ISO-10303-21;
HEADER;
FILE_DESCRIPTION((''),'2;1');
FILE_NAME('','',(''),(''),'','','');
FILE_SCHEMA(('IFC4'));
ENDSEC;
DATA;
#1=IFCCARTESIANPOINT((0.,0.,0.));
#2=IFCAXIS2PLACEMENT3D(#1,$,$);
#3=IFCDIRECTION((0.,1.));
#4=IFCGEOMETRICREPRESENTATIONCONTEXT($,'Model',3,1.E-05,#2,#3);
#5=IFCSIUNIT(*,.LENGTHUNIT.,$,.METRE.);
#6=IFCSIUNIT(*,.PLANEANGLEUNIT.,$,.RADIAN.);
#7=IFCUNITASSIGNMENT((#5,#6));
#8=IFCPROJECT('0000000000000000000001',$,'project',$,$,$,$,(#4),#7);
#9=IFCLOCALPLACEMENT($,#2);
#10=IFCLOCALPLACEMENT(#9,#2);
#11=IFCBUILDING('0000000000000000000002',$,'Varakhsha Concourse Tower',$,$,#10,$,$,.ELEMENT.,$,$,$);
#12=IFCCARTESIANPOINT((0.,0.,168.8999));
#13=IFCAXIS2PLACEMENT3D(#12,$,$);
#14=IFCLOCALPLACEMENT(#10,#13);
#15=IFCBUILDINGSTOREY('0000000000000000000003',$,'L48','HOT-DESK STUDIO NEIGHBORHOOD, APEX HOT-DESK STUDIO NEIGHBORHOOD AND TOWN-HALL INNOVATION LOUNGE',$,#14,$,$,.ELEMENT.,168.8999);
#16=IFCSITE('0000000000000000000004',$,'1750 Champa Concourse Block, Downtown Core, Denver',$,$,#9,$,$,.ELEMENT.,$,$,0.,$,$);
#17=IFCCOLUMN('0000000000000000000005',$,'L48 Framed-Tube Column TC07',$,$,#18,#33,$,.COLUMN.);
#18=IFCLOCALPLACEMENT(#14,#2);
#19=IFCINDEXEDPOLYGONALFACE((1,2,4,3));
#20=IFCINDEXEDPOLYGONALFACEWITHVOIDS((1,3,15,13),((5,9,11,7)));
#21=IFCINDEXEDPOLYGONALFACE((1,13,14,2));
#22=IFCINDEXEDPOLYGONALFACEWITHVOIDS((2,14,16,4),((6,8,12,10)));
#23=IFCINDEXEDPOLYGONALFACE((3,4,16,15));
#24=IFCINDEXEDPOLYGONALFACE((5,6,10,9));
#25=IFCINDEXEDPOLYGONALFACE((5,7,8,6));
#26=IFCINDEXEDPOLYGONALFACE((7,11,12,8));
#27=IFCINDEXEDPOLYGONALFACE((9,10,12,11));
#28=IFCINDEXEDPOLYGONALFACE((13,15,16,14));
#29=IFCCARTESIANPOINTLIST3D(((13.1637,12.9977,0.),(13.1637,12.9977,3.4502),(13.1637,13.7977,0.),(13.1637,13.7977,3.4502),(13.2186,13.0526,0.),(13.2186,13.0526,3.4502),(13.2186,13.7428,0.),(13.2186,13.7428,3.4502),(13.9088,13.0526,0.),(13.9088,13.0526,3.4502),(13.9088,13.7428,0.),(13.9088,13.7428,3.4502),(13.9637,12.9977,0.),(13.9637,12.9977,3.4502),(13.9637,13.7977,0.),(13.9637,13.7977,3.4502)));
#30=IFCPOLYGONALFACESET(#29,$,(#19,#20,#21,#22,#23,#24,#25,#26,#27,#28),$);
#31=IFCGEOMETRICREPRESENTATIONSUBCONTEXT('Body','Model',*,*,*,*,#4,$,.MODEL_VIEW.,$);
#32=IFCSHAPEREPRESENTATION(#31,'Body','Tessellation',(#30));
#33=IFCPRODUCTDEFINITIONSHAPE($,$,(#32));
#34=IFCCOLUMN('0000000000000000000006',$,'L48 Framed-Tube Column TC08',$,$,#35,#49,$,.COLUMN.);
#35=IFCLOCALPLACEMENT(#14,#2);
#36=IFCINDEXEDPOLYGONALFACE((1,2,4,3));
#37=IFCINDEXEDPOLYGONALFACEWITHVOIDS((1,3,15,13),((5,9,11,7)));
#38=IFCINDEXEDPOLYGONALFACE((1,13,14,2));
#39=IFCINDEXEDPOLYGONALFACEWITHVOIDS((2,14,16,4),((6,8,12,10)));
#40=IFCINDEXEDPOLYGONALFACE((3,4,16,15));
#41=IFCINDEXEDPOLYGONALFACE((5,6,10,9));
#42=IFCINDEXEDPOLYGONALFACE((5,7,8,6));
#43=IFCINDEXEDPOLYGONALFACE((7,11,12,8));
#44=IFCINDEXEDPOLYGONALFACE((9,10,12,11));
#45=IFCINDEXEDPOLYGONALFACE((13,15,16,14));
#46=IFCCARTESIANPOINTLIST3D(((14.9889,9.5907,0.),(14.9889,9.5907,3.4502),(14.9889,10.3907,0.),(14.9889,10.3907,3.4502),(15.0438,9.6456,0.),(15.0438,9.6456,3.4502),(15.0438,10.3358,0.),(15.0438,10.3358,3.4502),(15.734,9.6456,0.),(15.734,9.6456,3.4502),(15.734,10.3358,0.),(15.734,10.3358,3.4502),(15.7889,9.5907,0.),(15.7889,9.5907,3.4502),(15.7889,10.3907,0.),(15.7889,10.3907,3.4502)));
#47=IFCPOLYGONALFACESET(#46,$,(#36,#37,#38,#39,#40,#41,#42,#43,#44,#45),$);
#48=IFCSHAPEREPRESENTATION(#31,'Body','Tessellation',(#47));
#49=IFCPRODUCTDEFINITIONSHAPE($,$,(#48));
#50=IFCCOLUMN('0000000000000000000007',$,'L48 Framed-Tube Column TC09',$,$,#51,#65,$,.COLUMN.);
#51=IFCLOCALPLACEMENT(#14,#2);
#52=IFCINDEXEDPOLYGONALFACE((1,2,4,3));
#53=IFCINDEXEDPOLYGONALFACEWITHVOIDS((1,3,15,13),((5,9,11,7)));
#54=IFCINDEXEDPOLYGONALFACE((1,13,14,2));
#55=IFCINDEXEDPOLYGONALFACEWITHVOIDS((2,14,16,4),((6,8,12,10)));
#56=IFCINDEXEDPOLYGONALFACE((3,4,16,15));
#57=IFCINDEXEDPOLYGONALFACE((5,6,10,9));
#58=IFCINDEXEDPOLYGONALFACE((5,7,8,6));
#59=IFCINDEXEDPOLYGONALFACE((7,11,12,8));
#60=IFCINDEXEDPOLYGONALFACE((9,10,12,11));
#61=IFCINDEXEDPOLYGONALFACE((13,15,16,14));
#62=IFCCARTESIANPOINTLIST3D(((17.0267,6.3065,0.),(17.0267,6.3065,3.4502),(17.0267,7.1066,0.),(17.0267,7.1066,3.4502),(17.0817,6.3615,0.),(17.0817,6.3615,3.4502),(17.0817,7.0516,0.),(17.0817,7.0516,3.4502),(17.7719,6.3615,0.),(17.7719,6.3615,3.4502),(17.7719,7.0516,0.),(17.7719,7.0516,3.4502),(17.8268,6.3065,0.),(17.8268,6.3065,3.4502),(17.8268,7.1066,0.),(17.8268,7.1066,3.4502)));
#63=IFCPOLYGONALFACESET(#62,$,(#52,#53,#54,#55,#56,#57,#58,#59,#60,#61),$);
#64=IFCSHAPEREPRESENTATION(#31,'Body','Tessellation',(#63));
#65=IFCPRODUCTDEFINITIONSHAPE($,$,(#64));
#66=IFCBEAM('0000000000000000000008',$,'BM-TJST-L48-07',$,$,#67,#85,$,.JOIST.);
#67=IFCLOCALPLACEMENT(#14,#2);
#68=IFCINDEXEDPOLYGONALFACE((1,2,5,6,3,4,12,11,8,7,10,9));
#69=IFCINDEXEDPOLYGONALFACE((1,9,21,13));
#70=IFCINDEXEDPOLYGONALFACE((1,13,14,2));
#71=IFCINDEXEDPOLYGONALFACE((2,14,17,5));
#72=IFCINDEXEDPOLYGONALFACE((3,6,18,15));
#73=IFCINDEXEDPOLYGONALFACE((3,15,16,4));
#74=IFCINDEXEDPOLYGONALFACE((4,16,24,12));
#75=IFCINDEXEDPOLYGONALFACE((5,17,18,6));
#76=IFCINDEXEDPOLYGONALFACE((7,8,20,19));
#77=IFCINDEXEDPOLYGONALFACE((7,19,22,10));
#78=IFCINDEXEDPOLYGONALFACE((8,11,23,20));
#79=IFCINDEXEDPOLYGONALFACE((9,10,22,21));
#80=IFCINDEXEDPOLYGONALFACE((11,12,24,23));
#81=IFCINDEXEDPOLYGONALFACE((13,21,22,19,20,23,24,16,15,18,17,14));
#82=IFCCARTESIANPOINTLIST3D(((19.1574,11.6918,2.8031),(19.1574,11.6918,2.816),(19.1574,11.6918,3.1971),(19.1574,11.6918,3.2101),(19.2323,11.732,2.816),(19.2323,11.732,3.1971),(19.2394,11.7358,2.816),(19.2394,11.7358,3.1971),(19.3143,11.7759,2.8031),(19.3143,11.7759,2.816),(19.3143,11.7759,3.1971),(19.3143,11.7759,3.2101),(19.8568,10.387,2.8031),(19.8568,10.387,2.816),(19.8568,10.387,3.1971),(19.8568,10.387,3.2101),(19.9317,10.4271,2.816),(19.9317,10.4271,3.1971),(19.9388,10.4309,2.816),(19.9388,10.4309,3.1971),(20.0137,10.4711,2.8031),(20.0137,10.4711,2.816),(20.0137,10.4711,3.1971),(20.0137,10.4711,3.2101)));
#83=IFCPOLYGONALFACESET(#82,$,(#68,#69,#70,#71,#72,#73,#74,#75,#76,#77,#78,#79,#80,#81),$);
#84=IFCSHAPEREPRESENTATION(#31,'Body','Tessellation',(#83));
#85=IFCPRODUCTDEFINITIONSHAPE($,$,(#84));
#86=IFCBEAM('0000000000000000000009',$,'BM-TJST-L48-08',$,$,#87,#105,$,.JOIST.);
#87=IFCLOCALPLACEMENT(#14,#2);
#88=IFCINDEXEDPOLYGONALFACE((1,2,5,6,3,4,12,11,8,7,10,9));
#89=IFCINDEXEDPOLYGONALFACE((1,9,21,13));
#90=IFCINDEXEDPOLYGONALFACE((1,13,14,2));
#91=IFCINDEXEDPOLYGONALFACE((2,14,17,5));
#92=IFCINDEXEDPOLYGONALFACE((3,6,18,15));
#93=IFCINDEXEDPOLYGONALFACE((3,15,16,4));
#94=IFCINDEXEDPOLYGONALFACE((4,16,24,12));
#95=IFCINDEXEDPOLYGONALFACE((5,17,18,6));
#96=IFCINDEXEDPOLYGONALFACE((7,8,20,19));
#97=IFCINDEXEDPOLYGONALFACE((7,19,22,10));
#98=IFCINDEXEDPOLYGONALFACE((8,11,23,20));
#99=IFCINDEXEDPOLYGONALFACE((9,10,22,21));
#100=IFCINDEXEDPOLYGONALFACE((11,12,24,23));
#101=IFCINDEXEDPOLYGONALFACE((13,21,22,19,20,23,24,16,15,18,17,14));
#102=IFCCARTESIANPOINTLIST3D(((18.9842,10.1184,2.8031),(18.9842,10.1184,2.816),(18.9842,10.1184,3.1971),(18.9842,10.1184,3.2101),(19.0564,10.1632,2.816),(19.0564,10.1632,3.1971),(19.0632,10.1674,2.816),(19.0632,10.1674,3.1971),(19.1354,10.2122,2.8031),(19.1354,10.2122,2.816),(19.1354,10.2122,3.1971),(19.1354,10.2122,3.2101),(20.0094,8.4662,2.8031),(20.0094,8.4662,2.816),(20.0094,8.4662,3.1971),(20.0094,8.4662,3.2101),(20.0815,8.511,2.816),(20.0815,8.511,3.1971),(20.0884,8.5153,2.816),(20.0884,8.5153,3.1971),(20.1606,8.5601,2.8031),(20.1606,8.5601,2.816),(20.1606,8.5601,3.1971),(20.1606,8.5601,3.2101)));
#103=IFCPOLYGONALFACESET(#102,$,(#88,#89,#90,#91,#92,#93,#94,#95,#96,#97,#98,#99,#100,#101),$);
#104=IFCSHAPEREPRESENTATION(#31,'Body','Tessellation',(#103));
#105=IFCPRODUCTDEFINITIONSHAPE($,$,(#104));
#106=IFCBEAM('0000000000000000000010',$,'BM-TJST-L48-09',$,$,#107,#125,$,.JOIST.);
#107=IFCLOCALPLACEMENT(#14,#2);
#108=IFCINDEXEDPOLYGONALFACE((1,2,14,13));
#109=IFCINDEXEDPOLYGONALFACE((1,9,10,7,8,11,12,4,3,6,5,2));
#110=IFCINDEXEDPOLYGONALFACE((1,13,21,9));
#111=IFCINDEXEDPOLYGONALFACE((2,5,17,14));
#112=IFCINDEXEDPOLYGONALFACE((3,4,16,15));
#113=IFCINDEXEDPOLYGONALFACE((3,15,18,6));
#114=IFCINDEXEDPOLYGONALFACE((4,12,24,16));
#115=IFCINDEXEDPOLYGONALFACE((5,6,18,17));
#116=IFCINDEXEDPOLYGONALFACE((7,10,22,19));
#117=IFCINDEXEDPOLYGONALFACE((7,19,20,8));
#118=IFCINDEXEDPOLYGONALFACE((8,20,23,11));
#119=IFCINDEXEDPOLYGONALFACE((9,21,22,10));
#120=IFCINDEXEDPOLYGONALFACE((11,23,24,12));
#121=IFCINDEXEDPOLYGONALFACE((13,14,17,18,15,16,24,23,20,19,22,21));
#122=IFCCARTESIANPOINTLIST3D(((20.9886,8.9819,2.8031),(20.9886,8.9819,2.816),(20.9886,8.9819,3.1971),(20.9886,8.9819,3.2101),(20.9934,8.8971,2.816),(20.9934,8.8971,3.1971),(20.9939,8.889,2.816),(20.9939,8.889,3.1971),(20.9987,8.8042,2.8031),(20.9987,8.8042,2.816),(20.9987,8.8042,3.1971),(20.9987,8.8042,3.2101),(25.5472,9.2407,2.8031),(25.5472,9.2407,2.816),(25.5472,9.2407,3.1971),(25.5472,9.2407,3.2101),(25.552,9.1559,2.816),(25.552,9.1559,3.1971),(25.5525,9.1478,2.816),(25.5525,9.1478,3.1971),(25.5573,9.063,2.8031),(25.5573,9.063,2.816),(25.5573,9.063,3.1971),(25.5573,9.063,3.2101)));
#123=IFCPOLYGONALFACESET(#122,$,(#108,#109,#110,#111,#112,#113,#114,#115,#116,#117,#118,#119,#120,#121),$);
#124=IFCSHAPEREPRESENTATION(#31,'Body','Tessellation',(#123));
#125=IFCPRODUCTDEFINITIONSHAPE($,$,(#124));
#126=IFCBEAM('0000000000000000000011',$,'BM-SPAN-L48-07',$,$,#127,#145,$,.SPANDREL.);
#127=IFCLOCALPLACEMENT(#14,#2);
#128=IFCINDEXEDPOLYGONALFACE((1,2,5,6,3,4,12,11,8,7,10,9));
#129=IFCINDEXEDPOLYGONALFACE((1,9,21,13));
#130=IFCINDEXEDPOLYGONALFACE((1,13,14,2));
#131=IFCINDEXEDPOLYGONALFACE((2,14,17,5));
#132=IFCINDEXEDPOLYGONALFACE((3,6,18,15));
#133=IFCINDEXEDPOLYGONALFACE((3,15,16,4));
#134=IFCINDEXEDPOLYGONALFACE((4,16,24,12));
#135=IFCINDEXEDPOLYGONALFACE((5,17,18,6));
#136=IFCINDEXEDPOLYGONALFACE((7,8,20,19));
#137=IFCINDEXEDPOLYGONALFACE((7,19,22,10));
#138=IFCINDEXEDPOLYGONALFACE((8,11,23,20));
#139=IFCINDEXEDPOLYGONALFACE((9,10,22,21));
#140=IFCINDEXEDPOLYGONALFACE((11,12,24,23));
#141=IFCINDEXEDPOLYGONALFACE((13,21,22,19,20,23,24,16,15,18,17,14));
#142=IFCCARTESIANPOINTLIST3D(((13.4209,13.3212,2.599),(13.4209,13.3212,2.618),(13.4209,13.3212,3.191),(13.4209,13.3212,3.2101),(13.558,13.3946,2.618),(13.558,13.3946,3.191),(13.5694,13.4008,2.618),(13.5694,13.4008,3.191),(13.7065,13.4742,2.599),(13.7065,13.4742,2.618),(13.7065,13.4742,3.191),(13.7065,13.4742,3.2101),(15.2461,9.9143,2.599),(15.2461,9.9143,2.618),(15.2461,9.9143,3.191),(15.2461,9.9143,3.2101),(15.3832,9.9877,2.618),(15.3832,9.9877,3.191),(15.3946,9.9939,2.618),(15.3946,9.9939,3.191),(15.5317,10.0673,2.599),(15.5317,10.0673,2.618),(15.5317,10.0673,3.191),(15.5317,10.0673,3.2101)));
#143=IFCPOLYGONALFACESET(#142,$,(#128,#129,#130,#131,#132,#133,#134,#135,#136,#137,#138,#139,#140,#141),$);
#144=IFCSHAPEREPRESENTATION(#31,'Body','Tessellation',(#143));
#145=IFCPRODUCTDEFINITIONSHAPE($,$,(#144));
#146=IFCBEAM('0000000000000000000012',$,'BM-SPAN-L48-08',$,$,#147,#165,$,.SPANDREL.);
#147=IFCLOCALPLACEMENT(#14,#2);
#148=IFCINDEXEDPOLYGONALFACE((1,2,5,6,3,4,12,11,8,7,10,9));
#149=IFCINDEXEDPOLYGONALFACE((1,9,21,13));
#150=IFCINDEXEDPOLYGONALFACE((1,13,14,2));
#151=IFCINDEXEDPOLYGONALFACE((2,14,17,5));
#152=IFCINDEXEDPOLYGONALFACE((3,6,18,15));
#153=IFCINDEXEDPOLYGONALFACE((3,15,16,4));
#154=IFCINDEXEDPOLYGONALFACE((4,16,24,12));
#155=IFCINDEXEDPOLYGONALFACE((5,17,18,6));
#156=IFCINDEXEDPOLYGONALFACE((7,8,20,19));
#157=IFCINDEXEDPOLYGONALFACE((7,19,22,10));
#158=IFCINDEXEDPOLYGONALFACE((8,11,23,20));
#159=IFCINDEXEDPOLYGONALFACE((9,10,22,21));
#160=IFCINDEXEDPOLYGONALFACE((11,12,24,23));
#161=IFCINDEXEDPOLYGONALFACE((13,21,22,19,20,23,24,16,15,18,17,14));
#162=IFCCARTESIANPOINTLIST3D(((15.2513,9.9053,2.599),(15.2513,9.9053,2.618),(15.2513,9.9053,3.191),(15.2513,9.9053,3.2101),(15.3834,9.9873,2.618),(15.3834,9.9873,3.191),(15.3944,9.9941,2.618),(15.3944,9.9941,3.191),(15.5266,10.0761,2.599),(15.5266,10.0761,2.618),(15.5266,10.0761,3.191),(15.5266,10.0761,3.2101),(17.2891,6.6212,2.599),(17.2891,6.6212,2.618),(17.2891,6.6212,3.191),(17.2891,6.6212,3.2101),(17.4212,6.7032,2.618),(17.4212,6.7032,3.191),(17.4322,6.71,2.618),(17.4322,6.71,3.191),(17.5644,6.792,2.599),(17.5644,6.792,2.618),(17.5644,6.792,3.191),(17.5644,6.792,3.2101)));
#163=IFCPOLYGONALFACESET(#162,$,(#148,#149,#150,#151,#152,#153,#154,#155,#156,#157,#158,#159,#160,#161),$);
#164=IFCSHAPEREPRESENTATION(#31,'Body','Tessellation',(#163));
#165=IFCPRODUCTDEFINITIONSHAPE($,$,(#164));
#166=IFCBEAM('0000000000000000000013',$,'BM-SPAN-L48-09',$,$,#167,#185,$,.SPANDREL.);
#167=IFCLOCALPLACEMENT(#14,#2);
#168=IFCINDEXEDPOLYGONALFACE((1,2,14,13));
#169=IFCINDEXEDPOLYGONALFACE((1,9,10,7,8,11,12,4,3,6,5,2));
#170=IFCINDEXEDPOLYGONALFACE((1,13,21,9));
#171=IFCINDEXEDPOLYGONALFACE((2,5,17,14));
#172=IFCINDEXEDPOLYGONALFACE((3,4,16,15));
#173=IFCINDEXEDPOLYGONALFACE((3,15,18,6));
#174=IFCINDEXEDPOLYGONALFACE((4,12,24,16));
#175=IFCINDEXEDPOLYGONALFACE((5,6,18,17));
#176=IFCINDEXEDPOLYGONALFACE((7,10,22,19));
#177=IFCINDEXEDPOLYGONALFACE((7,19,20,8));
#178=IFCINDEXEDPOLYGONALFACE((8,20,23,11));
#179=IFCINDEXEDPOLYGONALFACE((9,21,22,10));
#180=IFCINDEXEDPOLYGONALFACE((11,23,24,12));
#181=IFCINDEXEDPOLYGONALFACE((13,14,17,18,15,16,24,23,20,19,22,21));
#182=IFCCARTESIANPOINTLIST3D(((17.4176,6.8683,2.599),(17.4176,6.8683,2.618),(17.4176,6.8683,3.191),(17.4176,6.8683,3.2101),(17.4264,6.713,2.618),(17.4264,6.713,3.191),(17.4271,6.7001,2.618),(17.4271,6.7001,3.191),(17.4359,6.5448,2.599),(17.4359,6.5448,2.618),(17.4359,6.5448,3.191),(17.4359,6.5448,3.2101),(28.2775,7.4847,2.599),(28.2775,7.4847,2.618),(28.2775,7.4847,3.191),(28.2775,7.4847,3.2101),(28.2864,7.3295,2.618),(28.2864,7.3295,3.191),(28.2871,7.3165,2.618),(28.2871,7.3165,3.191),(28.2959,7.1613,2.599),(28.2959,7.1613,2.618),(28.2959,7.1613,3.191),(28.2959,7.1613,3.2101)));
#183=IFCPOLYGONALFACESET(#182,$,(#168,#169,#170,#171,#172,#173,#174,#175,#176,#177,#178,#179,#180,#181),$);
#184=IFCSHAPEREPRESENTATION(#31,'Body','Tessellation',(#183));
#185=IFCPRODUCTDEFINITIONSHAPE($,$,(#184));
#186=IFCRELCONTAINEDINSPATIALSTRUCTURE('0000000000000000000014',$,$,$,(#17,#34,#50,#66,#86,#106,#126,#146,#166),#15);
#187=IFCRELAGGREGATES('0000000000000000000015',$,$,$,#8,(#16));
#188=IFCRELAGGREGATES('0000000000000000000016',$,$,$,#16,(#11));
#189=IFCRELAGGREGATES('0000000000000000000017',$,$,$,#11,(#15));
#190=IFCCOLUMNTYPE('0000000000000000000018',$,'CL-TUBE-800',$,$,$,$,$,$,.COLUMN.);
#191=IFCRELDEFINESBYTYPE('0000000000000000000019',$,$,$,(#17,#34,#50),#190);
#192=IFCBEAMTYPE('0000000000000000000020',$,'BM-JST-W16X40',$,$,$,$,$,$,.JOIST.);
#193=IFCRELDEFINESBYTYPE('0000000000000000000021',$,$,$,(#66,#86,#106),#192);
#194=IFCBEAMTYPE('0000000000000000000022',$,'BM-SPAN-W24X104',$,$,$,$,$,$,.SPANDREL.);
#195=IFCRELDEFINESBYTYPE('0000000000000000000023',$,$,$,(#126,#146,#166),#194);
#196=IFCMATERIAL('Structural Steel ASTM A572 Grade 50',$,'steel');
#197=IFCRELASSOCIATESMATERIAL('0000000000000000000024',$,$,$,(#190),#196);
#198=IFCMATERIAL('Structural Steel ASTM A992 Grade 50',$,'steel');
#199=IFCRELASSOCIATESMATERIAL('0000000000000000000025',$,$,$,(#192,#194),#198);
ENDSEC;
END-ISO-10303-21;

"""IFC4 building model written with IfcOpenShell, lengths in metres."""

from ifc_helpers import new_model, si_unit, direction, frame, origin, origin_2d, place, context, subcontext, project, spatial, hollow_rectangle, i_section, extrude, material, material_profile, profile_set, type_object, element, save


model = new_model("IFC4")

# Units and contexts
model_context = context("Model", 3, precision=1e-05, world=origin(), true_north=direction((0.0, 1.0)))
body_context = subcontext(model_context, "Body", "Model", "MODEL_VIEW")
ifc_project = project(units=[si_unit("LENGTHUNIT", "METRE"), si_unit("PLANEANGLEUNIT", "RADIAN")], contexts=[model_context])

# Site, building, storey
site_placement = place(None, origin())
site = spatial("IfcSite", under=ifc_project, at=site_placement, Name="1750 Champa Concourse Block, Downtown Core, Denver", CompositionType="ELEMENT", RefElevation=0.0)
building_placement = place(site_placement, origin())
building = spatial("IfcBuilding", under=site, at=building_placement, Name="Varakhsha Concourse Tower", CompositionType="ELEMENT")
storey_placement = place(building_placement, frame((0.0, 0.0, 168.8999)))
storey = spatial("IfcBuildingStorey", under=building, at=storey_placement, Name="L48", Description="HOT-DESK STUDIO NEIGHBORHOOD, APEX HOT-DESK STUDIO NEIGHBORHOOD AND TOWN-HALL INNOVATION LOUNGE", CompositionType="ELEMENT", Elevation=168.8999)

# Columns
ifc_material_1 = material(Name="Structural Steel ASTM A572 Grade 50", Category="steel")
ifc_material_profile_1 = material_profile(ifc_material_1, hollow_rectangle(XDim=0.8, YDim=0.8, WallThickness=0.0549, at=origin_2d()), Name="BOX 800x800x55")
ifc_profile_set_1 = profile_set([ifc_material_profile_1], Name="Structural Steel ASTM A572 Grade 50")
column_type = type_object("IfcColumnType", Name="CL-TUBE-800", PredefinedType="COLUMN", material=ifc_profile_set_1)
for number, where, z_axis, x_axis, name in (
    (1, (13.5637, 13.3977, 0.0), (0.0, 0.0, 1.0), (1.0, 0.0, 0.0), "L48 Framed-Tube Column TC07"),
    (2, (15.3889, 9.9907, 0.0), (0.0, 0.0, 1.0), (1.0, 0.0, 0.0), "L48 Framed-Tube Column TC08"),
    (3, (17.4268, 6.7065, 0.0), (0.0, 0.0, 1.0), (1.0, 0.0, 0.0), "L48 Framed-Tube Column TC09"),
):
    element("IfcColumn", number, at=place(storey_placement, frame(where, z_axis=z_axis, x_axis=x_axis)), inside=storey, type_object=column_type, Name=name, PredefinedType="COLUMN", context=body_context, shape_type="SweptSolid", body=[
        extrude(hollow_rectangle(XDim=0.8, YDim=0.8, WallThickness=0.0549, at=origin_2d()), origin(), (0.0, 0.0, 1.0), 3.4502),
    ])

# Beams
ifc_material_2 = material(Name="Structural Steel ASTM A992 Grade 50", Category="steel")
ifc_material_profile_2 = material_profile(ifc_material_2, i_section(OverallWidth=0.178, OverallDepth=0.407, WebThickness=0.0081, FlangeThickness=0.0129, at=origin_2d()), Name="W16X40")
ifc_profile_set_2 = profile_set([ifc_material_profile_2], Name="Structural Steel ASTM A992 Grade 50")
beam_type_1 = type_object("IfcBeamType", Name="BM-JST-W16X40", PredefinedType="JOIST", material=ifc_profile_set_2)
beam_1_placement = place(storey_placement, frame((19.2358, 11.7339, 3.0066), z_axis=(0.472427, -0.88137, 0.0), x_axis=(0.88137, 0.472427, 0.0)))
element("IfcBeam", 4, at=beam_1_placement, inside=storey, type_object=beam_type_1, Name="BM-TJST-L48-07", PredefinedType="JOIST", context=body_context, shape_type="SweptSolid", body=[
    extrude(i_section(OverallWidth=0.178, OverallDepth=0.407, WebThickness=0.0081, FlangeThickness=0.0129, at=origin_2d()), origin(), (0.0, 0.0, 1.0), 1.4805),
])
beam_2_placement = place(storey_placement, frame((19.0598, 10.1653, 3.0066), z_axis=(0.527253, -0.849708, 0.0), x_axis=(0.849708, 0.527253, 0.0)))
element("IfcBeam", 5, at=beam_2_placement, inside=storey, type_object=beam_type_1, Name="BM-TJST-L48-08", PredefinedType="JOIST", context=body_context, shape_type="SweptSolid", body=[
    extrude(i_section(OverallWidth=0.178, OverallDepth=0.407, WebThickness=0.0081, FlangeThickness=0.0129, at=origin_2d()), origin(), (0.0, 0.0, 1.0), 1.9443),
])
beam_3_placement = place(storey_placement, frame((20.9937, 8.8931, 3.0066), z_axis=(0.998392, 0.056678, 0.0), x_axis=(-0.056678, 0.998392, 0.0)))
element("IfcBeam", 6, at=beam_3_placement, inside=storey, type_object=beam_type_1, Name="BM-TJST-L48-09", PredefinedType="JOIST", context=body_context, shape_type="SweptSolid", body=[
    extrude(i_section(OverallWidth=0.178, OverallDepth=0.407, WebThickness=0.0081, FlangeThickness=0.0129, at=origin_2d()), origin(), (0.0, 0.0, 1.0), 4.5659),
])
ifc_material_profile_3 = material_profile(ifc_material_2, i_section(OverallWidth=0.324, OverallDepth=0.6111, WebThickness=0.0129, FlangeThickness=0.019, at=origin_2d()), Name="W24X104")
ifc_profile_set_3 = profile_set([ifc_material_profile_3], Name="Structural Steel ASTM A992 Grade 50")
beam_type_2 = type_object("IfcBeamType", Name="BM-SPAN-W24X104", PredefinedType="SPANDREL", material=ifc_profile_set_3)
for number, where, z_axis, x_axis, name in (
    (7, (13.5637, 13.3977, 2.9045), (0.472227, -0.881477, 0.0), (0.881477, 0.472227, 0.0), "BM-SPAN-L48-07"),
    (8, (15.3889, 9.9907, 2.9045), (0.527248, -0.849711, 0.0), (0.849711, 0.527248, 0.0), "BM-SPAN-L48-08"),
):
    element("IfcBeam", number, at=place(storey_placement, frame(where, z_axis=z_axis, x_axis=x_axis)), inside=storey, type_object=beam_type_2, Name=name, PredefinedType="SPANDREL", context=body_context, shape_type="SweptSolid", body=[
        extrude(i_section(OverallWidth=0.324, OverallDepth=0.6111, WebThickness=0.0129, FlangeThickness=0.019, at=origin_2d()), origin(), (0.0, 0.0, 1.0), 3.865),
    ])
beam_4_placement = place(storey_placement, frame((17.4268, 6.7065, 2.9045), z_axis=(0.998393, 0.056673, 0.0), x_axis=(-0.056673, 0.998393, 0.0)))
element("IfcBeam", 9, at=beam_4_placement, inside=storey, type_object=beam_type_2, Name="BM-SPAN-L48-09", PredefinedType="SPANDREL", context=body_context, shape_type="SweptSolid", body=[
    extrude(i_section(OverallWidth=0.324, OverallDepth=0.6111, WebThickness=0.0129, FlangeThickness=0.019, at=origin_2d()), origin(), (0.0, 0.0, 1.0), 10.8774),
])

save(model, "model.ifc")
